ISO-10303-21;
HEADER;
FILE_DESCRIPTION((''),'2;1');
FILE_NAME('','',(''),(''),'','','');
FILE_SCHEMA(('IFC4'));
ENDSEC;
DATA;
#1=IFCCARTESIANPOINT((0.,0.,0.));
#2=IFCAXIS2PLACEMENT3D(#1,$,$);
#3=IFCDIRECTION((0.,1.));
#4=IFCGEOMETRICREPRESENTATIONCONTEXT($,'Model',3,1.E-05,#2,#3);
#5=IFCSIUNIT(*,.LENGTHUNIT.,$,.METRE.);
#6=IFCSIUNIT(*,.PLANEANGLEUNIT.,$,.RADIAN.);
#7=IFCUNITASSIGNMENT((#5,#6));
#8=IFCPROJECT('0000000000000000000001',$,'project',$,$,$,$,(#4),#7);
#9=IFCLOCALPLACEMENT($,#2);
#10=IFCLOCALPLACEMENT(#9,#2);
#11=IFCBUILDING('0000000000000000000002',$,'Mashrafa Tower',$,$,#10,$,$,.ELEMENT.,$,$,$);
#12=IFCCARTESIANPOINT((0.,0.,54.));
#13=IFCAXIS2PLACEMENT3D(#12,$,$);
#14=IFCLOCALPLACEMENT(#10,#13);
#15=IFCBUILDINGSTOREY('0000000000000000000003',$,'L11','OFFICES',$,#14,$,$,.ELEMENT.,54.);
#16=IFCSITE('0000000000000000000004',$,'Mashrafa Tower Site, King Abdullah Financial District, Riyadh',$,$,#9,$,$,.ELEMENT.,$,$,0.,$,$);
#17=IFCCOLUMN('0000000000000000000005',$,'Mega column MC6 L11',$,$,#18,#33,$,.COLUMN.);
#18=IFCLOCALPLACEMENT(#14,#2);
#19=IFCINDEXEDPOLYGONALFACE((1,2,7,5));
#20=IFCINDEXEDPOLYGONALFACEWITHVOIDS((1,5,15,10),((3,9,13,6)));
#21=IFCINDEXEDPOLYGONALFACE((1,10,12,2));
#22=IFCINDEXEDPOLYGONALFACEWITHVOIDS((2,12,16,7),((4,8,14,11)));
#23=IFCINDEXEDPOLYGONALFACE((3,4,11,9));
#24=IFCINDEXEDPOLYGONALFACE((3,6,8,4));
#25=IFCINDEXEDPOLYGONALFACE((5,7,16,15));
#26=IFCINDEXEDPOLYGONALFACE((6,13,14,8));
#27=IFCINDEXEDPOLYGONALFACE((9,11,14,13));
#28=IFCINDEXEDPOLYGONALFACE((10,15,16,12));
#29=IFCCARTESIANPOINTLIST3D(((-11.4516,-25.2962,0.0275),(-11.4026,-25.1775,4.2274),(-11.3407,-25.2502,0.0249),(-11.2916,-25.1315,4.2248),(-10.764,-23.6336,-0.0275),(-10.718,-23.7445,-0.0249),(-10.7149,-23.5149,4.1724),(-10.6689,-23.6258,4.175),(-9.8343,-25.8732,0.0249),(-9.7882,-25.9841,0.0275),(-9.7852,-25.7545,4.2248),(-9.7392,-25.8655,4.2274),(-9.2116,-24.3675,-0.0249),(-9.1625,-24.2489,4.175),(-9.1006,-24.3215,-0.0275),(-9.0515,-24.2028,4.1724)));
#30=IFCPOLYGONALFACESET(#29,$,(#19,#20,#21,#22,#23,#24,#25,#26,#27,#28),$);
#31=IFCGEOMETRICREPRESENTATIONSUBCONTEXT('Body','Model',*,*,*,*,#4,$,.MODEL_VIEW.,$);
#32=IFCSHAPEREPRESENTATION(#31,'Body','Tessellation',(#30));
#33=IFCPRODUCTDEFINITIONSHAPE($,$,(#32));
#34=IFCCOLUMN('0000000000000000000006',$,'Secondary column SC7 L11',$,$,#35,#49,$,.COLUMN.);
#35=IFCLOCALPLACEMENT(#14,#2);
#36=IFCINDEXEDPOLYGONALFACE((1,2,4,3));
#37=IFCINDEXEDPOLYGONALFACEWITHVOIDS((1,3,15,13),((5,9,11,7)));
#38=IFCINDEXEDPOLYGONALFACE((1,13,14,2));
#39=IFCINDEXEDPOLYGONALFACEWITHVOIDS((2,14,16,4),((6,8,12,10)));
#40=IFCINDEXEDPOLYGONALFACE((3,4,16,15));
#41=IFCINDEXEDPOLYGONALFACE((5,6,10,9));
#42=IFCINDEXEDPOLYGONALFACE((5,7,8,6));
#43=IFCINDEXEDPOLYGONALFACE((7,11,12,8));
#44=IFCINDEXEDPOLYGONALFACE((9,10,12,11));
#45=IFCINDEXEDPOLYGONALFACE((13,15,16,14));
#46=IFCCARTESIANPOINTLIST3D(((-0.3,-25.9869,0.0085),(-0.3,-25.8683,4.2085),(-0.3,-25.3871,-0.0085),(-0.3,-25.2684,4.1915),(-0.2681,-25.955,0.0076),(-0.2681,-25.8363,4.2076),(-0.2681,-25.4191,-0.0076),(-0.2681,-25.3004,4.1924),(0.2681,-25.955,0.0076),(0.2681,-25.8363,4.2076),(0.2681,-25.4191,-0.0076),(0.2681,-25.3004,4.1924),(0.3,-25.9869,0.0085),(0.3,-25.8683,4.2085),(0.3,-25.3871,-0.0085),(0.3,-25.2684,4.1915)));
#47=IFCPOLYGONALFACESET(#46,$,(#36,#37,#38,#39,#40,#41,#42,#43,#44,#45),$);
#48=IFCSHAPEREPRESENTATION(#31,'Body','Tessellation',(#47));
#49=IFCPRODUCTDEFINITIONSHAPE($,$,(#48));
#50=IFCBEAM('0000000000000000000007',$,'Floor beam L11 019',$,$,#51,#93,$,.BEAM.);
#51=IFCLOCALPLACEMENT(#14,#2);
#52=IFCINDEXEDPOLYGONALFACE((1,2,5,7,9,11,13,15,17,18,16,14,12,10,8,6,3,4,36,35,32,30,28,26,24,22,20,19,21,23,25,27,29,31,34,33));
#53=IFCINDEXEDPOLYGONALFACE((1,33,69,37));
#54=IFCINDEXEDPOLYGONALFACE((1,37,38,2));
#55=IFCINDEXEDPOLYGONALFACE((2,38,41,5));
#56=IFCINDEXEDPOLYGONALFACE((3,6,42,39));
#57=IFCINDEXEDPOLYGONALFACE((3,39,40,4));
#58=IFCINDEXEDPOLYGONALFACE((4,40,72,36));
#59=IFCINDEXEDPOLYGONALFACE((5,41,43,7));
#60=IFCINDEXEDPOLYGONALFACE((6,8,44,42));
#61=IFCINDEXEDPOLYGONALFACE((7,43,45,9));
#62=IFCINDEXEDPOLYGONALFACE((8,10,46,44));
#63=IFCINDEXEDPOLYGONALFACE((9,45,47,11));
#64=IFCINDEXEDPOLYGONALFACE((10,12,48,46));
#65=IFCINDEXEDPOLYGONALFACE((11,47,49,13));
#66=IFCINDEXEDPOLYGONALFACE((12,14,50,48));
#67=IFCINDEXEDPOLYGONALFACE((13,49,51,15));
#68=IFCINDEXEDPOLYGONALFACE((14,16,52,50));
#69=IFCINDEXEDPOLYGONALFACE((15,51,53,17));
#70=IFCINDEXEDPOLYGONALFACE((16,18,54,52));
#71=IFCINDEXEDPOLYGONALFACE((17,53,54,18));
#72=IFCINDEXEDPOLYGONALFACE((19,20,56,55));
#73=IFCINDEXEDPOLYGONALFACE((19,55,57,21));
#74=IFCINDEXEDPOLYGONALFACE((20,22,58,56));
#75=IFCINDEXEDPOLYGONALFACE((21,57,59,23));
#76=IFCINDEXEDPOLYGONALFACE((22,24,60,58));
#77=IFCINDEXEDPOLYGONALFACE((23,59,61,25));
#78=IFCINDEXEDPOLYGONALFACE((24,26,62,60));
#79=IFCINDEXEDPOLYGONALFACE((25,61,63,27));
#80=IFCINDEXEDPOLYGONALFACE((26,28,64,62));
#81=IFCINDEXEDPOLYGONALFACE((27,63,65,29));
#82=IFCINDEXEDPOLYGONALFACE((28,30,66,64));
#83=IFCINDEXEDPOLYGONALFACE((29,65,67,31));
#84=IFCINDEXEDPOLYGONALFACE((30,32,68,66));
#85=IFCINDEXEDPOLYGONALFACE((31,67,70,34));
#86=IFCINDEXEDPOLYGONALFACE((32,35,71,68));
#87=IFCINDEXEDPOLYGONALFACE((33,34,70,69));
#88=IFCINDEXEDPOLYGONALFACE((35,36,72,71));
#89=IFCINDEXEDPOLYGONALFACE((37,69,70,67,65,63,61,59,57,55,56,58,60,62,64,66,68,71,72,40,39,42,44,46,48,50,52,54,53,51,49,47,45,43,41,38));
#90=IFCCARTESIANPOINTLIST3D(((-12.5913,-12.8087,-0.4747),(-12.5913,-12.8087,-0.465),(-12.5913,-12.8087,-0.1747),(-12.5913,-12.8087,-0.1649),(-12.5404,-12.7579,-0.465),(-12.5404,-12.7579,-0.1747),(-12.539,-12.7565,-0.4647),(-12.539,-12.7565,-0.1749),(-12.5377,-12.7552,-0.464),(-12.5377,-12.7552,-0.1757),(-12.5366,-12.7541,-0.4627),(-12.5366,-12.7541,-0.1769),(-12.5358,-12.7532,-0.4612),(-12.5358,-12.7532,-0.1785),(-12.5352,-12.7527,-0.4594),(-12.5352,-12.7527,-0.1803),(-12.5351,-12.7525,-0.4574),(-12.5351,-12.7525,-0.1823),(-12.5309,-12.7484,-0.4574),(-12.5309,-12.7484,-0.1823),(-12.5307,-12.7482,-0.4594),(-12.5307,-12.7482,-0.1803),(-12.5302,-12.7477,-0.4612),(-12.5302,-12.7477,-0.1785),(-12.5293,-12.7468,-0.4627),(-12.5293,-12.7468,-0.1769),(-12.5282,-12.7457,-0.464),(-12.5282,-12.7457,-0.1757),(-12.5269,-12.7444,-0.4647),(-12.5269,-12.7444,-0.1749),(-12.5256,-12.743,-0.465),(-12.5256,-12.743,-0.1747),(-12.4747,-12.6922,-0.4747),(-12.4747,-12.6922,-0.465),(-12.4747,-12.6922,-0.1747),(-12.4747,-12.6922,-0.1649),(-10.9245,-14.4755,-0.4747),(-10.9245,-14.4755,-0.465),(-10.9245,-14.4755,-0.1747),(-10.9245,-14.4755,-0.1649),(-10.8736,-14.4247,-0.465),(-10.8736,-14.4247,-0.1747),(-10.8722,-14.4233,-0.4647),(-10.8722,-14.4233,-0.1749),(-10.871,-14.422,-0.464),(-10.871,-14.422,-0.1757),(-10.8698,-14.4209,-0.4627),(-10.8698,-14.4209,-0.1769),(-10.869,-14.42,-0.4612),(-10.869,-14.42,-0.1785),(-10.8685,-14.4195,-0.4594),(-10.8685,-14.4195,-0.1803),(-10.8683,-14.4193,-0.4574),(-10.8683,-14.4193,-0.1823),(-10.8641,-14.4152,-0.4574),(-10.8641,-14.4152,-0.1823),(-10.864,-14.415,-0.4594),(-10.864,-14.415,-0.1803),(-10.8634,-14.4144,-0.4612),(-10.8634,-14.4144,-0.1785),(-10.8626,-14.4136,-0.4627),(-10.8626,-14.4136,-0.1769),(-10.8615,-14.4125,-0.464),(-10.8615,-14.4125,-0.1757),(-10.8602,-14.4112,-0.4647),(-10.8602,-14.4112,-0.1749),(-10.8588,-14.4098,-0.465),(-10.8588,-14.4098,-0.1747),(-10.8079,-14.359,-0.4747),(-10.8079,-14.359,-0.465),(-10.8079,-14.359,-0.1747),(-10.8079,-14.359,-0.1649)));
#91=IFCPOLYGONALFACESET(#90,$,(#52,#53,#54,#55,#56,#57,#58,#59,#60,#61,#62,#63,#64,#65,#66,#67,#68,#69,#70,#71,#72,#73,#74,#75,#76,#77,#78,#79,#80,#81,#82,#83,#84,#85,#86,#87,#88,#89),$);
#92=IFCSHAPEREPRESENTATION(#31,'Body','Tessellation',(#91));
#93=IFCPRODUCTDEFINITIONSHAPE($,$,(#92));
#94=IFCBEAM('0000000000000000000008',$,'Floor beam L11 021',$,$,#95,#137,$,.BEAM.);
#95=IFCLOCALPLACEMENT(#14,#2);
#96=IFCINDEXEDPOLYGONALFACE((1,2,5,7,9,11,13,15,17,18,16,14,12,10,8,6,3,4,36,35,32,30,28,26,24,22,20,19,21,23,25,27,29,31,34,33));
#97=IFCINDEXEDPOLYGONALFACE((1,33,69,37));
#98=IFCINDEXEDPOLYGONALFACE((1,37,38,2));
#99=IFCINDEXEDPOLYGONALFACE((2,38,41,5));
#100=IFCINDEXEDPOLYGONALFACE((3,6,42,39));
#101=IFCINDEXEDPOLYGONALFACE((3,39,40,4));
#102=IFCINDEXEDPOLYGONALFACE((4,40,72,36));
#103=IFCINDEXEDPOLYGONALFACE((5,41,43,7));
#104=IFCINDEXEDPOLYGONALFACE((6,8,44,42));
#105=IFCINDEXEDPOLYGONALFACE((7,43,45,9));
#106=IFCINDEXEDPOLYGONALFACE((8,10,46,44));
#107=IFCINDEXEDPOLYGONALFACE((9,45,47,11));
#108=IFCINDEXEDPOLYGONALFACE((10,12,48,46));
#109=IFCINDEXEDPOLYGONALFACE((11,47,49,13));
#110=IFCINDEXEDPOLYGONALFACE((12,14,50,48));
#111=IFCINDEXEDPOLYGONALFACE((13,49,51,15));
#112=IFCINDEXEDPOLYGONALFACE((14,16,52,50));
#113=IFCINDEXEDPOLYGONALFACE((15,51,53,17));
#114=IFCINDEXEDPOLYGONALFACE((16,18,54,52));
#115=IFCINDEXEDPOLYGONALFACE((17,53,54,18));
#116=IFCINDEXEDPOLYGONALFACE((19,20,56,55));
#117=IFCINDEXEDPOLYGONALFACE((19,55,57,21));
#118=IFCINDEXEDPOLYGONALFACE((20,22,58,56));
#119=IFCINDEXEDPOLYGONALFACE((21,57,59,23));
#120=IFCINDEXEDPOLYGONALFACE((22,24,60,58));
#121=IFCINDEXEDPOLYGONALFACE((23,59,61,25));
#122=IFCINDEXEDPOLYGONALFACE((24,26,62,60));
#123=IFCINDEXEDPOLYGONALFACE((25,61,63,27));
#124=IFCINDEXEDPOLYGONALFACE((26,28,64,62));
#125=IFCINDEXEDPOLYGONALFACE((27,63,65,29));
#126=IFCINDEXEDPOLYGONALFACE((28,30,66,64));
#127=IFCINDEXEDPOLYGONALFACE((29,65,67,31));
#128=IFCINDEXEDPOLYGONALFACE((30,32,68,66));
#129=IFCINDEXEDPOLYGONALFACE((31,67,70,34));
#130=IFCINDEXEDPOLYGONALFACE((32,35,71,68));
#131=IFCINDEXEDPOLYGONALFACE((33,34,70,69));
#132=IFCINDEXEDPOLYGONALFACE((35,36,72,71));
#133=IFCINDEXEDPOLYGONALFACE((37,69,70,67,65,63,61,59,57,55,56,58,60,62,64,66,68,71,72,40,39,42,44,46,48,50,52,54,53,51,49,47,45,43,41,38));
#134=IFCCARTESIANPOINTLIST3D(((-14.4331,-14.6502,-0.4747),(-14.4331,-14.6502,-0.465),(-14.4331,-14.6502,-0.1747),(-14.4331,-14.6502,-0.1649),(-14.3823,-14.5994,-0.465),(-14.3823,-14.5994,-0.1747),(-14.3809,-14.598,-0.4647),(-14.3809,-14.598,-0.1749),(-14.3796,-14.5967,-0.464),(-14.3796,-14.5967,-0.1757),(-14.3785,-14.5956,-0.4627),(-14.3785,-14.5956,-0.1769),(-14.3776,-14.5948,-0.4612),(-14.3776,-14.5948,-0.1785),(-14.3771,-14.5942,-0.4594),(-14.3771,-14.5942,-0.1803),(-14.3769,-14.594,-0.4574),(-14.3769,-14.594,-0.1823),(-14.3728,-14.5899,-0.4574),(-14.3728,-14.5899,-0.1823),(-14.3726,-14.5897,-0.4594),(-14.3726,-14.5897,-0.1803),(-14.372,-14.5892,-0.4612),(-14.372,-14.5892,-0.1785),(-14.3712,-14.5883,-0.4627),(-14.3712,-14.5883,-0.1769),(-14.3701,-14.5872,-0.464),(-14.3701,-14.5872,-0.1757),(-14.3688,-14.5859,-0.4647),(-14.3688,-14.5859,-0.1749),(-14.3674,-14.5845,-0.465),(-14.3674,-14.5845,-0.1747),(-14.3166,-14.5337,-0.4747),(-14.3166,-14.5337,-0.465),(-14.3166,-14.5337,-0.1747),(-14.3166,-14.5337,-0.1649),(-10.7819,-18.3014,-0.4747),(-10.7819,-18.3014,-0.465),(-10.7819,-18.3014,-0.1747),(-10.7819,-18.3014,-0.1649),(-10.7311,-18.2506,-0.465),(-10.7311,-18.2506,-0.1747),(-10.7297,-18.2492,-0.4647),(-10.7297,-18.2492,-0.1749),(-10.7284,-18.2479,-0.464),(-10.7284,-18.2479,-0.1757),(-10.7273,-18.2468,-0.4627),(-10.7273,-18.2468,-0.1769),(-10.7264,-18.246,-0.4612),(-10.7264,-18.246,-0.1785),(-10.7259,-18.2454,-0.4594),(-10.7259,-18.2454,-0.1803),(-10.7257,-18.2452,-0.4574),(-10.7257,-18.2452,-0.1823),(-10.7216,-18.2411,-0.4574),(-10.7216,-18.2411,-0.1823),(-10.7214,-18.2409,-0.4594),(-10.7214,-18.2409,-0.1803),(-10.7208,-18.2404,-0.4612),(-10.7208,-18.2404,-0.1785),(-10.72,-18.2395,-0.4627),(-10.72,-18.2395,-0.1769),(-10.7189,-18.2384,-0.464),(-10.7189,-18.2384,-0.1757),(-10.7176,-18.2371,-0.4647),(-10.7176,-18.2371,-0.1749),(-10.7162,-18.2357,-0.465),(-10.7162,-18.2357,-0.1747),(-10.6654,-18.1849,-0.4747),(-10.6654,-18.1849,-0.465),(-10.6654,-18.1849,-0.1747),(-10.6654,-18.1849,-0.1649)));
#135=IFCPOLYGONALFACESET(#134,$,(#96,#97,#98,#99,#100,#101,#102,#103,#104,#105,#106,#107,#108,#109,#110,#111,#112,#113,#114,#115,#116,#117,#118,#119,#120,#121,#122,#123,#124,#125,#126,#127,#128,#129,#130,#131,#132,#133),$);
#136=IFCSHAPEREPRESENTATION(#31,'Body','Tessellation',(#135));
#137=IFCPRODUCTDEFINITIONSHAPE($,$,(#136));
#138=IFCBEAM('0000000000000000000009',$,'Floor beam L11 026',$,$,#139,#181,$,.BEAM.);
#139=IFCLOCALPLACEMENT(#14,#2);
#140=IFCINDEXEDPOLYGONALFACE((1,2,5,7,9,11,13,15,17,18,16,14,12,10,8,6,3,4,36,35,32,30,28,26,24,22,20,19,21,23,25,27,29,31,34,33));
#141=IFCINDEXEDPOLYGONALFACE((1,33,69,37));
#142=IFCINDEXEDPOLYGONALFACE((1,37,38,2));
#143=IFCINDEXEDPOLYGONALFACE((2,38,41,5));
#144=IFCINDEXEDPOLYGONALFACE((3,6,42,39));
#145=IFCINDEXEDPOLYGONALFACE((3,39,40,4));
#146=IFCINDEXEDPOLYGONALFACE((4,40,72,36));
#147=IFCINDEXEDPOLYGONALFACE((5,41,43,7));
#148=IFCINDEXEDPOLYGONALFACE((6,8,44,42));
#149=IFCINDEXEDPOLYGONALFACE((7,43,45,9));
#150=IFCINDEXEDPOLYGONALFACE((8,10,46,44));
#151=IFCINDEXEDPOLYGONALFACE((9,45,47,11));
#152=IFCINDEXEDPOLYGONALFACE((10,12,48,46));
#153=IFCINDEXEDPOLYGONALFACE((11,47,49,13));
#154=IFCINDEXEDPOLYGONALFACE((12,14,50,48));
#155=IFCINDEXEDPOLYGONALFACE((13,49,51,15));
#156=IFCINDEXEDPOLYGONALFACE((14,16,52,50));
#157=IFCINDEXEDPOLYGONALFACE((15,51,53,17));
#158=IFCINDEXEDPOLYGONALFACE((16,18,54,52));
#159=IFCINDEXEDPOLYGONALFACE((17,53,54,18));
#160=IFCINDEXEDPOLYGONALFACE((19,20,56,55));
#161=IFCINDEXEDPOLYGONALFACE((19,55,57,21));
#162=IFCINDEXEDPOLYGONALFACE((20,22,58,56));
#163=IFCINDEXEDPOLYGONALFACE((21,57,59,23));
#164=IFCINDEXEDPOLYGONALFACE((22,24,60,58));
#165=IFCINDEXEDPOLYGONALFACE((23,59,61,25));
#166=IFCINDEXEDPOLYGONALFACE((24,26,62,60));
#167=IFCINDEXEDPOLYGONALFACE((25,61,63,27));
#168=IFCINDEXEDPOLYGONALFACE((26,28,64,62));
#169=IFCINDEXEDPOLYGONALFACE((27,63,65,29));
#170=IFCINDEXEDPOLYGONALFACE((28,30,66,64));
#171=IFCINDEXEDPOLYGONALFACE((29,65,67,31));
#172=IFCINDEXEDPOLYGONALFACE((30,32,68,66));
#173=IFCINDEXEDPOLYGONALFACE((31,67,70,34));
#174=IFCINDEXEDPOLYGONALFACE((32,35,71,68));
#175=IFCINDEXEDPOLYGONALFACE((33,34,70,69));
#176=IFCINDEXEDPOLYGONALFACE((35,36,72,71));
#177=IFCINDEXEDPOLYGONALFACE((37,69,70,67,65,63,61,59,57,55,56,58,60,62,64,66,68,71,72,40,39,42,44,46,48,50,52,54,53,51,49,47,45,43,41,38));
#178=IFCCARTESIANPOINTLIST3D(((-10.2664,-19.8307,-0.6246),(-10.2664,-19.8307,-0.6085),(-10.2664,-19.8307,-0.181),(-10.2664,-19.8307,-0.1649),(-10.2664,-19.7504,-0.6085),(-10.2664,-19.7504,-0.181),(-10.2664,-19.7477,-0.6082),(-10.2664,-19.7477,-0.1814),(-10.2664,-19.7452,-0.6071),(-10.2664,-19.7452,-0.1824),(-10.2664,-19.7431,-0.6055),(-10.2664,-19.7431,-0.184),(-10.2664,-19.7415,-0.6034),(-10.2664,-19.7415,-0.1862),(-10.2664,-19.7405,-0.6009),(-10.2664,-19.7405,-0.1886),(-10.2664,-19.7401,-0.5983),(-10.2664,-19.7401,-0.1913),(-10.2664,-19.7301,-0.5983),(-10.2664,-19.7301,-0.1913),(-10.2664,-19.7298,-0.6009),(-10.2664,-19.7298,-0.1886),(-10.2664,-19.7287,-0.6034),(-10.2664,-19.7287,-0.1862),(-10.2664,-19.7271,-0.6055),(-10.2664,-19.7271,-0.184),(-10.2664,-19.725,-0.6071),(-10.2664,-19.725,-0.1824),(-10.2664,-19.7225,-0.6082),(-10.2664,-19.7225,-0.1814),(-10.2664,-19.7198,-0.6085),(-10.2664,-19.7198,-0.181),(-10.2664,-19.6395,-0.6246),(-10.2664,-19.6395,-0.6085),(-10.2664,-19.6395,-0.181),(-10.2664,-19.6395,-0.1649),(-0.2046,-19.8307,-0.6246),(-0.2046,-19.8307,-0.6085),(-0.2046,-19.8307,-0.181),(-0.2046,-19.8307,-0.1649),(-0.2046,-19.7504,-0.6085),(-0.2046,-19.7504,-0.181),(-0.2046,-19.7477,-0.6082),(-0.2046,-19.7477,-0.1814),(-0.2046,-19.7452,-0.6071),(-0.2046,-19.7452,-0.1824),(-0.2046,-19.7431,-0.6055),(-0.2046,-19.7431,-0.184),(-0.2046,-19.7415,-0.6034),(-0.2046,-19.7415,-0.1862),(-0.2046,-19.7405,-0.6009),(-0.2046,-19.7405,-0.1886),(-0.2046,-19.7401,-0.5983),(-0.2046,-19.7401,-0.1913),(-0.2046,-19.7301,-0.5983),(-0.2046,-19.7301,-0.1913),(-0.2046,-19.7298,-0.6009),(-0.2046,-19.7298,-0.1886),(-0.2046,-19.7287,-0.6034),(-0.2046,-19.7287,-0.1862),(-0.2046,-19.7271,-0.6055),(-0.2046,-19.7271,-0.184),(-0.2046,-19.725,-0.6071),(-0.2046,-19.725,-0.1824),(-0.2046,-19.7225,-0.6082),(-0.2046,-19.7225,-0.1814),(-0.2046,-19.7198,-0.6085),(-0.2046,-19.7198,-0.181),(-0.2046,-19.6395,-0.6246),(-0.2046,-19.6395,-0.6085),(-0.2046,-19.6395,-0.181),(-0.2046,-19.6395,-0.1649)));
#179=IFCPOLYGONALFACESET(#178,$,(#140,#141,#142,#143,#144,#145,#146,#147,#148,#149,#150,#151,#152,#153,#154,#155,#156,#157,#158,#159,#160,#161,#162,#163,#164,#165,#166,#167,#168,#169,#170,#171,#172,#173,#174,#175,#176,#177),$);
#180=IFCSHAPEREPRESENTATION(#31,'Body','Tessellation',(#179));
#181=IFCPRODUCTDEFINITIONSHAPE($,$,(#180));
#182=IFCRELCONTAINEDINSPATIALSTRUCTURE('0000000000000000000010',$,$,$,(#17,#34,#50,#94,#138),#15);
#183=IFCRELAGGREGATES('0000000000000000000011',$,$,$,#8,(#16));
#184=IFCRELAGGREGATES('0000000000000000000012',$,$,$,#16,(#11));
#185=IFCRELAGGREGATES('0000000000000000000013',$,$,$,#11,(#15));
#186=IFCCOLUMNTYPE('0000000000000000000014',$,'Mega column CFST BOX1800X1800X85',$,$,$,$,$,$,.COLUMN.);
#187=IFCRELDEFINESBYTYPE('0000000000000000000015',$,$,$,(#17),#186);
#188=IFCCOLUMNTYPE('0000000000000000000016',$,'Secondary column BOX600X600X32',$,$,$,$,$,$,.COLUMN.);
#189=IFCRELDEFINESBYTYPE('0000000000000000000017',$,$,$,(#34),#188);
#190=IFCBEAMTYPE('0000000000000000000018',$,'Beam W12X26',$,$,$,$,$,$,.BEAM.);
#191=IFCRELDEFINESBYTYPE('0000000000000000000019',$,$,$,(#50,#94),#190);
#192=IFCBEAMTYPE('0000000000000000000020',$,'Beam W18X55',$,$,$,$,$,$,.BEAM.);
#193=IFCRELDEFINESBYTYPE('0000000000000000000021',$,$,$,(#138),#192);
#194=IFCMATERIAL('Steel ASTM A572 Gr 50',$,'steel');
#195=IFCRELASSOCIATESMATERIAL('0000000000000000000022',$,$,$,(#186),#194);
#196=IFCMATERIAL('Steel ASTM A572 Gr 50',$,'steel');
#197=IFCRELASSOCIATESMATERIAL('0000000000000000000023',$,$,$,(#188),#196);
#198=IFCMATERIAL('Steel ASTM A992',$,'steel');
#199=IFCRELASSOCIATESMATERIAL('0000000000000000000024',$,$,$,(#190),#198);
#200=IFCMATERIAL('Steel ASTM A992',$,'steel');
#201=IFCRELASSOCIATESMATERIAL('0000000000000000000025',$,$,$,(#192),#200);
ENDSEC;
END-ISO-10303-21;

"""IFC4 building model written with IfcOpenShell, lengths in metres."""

from ifc_helpers import new_model, si_unit, direction, frame, origin, origin_2d, place, context, subcontext, project, spatial, hollow_rectangle, i_section, extrude, material, material_profile, profile_set, type_object, element, save


model = new_model("IFC4")

# Units and contexts
model_context = context("Model", 3, precision=1e-05, world=origin(), true_north=direction((0.0, 1.0)))
body_context = subcontext(model_context, "Body", "Model", "MODEL_VIEW")
ifc_project = project(units=[si_unit("LENGTHUNIT", "METRE"), si_unit("PLANEANGLEUNIT", "RADIAN")], contexts=[model_context])

# Site, building, storey
site_placement = place(None, origin())
site = spatial("IfcSite", under=ifc_project, at=site_placement, Name="Mashrafa Tower Site, King Abdullah Financial District, Riyadh", CompositionType="ELEMENT", RefElevation=0.0)
building_placement = place(site_placement, origin())
building = spatial("IfcBuilding", under=site, at=building_placement, Name="Mashrafa Tower", CompositionType="ELEMENT")
storey_placement = place(building_placement, frame((0.0, 0.0, 54.0)))
storey = spatial("IfcBuildingStorey", under=building, at=storey_placement, Name="L11", Description="OFFICES", CompositionType="ELEMENT", Elevation=54.0)

# Columns
ifc_material_1 = material(Name="Steel ASTM A572 Gr 50", Category="steel")
ifc_material_profile_1 = material_profile(ifc_material_1, hollow_rectangle(XDim=1.8, YDim=1.8, WallThickness=0.085, at=origin_2d()), Name="BOX1800X1800X85")
ifc_profile_set_1 = profile_set([ifc_material_profile_1], Name="Steel ASTM A572 Gr 50")
column_type_1 = type_object("IfcColumnType", Name="Mega column CFST BOX1800X1800X85", PredefinedType="COLUMN", material=ifc_profile_set_1)
column_1_placement = place(storey_placement, frame((-10.2761, -24.8088, 0.0), z_axis=(0.011679, 0.028238, 0.999533), x_axis=(-0.924086, 0.382184, 0.0)))
element("IfcColumn", 1, at=column_1_placement, inside=storey, type_object=column_type_1, Name="Mega column MC6 L11", PredefinedType="COLUMN", context=body_context, shape_type="SweptSolid", body=[
    extrude(hollow_rectangle(XDim=1.8, YDim=1.8, WallThickness=0.085, at=origin_2d()), origin(), (0.0, 0.0, 1.0), 4.2019),
])
ifc_material_2 = material(Name="Steel ASTM A572 Gr 50", Category="steel")
ifc_material_profile_2 = material_profile(ifc_material_2, hollow_rectangle(XDim=0.6001, YDim=0.6001, WallThickness=0.032, at=origin_2d()), Name="BOX600X600X32")
ifc_profile_set_2 = profile_set([ifc_material_profile_2], Name="Steel ASTM A572 Gr 50")
column_type_2 = type_object("IfcColumnType", Name="Secondary column BOX600X600X32", PredefinedType="COLUMN", material=ifc_profile_set_2)
column_2_placement = place(storey_placement, frame((0.0, -25.687, 0.0), z_axis=(0.0, 0.02824, 0.999601), x_axis=(-1.0, 0.0, 0.0)))
element("IfcColumn", 2, at=column_2_placement, inside=storey, type_object=column_type_2, Name="Secondary column SC7 L11", PredefinedType="COLUMN", context=body_context, shape_type="SweptSolid", body=[
    extrude(hollow_rectangle(XDim=0.6001, YDim=0.6001, WallThickness=0.032, at=origin_2d()), origin(), (0.0, 0.0, 1.0), 4.2017),
])

# Beams
ifc_material_3 = material(Name="Steel ASTM A992", Category="steel")
ifc_material_profile_3 = material_profile(ifc_material_3, i_section(OverallWidth=0.1648, OverallDepth=0.3098, WebThickness=0.0059, FlangeThickness=0.0098, FilletRadius=0.0076, at=origin_2d()), Name="W12X26")
ifc_profile_set_3 = profile_set([ifc_material_profile_3], Name="Steel ASTM A992")
beam_type_1 = type_object("IfcBeamType", Name="Beam W12X26", PredefinedType="BEAM", material=ifc_profile_set_3)
beam_1_placement = place(storey_placement, frame((-10.8662, -14.4172, -0.3198), z_axis=(-0.707107, 0.707107, 0.0), x_axis=(-0.707107, -0.707107, 0.0)))
element("IfcBeam", 3, at=beam_1_placement, inside=storey, type_object=beam_type_1, Name="Floor beam L11 019", PredefinedType="BEAM", context=body_context, shape_type="SweptSolid", body=[
    extrude(i_section(OverallWidth=0.1648, OverallDepth=0.3098, WebThickness=0.0059, FlangeThickness=0.0098, FilletRadius=0.0076, at=origin_2d()), origin(), (0.0, 0.0, 1.0), 2.3572),
])
beam_2_placement = place(storey_placement, frame((-10.7236, -18.2432, -0.3198), z_axis=(-0.707107, 0.707107, 0.0), x_axis=(-0.707107, -0.707107, 0.0)))
element("IfcBeam", 4, at=beam_2_placement, inside=storey, type_object=beam_type_1, Name="Floor beam L11 021", PredefinedType="BEAM", context=body_context, shape_type="SweptSolid", body=[
    extrude(i_section(OverallWidth=0.1648, OverallDepth=0.3098, WebThickness=0.0059, FlangeThickness=0.0098, FilletRadius=0.0076, at=origin_2d()), origin(), (0.0, 0.0, 1.0), 5.1636),
])
ifc_material_4 = material(Name="Steel ASTM A992", Category="steel")
ifc_material_profile_4 = material_profile(ifc_material_4, i_section(OverallWidth=0.1912, OverallDepth=0.4597, WebThickness=0.01, FlangeThickness=0.0161, FilletRadius=0.0103, at=origin_2d()), Name="W18X55")
ifc_profile_set_4 = profile_set([ifc_material_profile_4], Name="Steel ASTM A992")
beam_type_2 = type_object("IfcBeamType", Name="Beam W18X55", PredefinedType="BEAM", material=ifc_profile_set_4)
beam_3_placement = place(storey_placement, frame((-0.2046, -19.7351, -0.3948), z_axis=(-1.0, 0.0, 0.0), x_axis=(0.0, -1.0, 0.0)))
element("IfcBeam", 5, at=beam_3_placement, inside=storey, type_object=beam_type_2, Name="Floor beam L11 026", PredefinedType="BEAM", context=body_context, shape_type="SweptSolid", body=[
    extrude(i_section(OverallWidth=0.1912, OverallDepth=0.4597, WebThickness=0.01, FlangeThickness=0.0161, FilletRadius=0.0103, at=origin_2d()), origin(), (0.0, 0.0, 1.0), 10.0618),
])

save(model, "model.ifc")
